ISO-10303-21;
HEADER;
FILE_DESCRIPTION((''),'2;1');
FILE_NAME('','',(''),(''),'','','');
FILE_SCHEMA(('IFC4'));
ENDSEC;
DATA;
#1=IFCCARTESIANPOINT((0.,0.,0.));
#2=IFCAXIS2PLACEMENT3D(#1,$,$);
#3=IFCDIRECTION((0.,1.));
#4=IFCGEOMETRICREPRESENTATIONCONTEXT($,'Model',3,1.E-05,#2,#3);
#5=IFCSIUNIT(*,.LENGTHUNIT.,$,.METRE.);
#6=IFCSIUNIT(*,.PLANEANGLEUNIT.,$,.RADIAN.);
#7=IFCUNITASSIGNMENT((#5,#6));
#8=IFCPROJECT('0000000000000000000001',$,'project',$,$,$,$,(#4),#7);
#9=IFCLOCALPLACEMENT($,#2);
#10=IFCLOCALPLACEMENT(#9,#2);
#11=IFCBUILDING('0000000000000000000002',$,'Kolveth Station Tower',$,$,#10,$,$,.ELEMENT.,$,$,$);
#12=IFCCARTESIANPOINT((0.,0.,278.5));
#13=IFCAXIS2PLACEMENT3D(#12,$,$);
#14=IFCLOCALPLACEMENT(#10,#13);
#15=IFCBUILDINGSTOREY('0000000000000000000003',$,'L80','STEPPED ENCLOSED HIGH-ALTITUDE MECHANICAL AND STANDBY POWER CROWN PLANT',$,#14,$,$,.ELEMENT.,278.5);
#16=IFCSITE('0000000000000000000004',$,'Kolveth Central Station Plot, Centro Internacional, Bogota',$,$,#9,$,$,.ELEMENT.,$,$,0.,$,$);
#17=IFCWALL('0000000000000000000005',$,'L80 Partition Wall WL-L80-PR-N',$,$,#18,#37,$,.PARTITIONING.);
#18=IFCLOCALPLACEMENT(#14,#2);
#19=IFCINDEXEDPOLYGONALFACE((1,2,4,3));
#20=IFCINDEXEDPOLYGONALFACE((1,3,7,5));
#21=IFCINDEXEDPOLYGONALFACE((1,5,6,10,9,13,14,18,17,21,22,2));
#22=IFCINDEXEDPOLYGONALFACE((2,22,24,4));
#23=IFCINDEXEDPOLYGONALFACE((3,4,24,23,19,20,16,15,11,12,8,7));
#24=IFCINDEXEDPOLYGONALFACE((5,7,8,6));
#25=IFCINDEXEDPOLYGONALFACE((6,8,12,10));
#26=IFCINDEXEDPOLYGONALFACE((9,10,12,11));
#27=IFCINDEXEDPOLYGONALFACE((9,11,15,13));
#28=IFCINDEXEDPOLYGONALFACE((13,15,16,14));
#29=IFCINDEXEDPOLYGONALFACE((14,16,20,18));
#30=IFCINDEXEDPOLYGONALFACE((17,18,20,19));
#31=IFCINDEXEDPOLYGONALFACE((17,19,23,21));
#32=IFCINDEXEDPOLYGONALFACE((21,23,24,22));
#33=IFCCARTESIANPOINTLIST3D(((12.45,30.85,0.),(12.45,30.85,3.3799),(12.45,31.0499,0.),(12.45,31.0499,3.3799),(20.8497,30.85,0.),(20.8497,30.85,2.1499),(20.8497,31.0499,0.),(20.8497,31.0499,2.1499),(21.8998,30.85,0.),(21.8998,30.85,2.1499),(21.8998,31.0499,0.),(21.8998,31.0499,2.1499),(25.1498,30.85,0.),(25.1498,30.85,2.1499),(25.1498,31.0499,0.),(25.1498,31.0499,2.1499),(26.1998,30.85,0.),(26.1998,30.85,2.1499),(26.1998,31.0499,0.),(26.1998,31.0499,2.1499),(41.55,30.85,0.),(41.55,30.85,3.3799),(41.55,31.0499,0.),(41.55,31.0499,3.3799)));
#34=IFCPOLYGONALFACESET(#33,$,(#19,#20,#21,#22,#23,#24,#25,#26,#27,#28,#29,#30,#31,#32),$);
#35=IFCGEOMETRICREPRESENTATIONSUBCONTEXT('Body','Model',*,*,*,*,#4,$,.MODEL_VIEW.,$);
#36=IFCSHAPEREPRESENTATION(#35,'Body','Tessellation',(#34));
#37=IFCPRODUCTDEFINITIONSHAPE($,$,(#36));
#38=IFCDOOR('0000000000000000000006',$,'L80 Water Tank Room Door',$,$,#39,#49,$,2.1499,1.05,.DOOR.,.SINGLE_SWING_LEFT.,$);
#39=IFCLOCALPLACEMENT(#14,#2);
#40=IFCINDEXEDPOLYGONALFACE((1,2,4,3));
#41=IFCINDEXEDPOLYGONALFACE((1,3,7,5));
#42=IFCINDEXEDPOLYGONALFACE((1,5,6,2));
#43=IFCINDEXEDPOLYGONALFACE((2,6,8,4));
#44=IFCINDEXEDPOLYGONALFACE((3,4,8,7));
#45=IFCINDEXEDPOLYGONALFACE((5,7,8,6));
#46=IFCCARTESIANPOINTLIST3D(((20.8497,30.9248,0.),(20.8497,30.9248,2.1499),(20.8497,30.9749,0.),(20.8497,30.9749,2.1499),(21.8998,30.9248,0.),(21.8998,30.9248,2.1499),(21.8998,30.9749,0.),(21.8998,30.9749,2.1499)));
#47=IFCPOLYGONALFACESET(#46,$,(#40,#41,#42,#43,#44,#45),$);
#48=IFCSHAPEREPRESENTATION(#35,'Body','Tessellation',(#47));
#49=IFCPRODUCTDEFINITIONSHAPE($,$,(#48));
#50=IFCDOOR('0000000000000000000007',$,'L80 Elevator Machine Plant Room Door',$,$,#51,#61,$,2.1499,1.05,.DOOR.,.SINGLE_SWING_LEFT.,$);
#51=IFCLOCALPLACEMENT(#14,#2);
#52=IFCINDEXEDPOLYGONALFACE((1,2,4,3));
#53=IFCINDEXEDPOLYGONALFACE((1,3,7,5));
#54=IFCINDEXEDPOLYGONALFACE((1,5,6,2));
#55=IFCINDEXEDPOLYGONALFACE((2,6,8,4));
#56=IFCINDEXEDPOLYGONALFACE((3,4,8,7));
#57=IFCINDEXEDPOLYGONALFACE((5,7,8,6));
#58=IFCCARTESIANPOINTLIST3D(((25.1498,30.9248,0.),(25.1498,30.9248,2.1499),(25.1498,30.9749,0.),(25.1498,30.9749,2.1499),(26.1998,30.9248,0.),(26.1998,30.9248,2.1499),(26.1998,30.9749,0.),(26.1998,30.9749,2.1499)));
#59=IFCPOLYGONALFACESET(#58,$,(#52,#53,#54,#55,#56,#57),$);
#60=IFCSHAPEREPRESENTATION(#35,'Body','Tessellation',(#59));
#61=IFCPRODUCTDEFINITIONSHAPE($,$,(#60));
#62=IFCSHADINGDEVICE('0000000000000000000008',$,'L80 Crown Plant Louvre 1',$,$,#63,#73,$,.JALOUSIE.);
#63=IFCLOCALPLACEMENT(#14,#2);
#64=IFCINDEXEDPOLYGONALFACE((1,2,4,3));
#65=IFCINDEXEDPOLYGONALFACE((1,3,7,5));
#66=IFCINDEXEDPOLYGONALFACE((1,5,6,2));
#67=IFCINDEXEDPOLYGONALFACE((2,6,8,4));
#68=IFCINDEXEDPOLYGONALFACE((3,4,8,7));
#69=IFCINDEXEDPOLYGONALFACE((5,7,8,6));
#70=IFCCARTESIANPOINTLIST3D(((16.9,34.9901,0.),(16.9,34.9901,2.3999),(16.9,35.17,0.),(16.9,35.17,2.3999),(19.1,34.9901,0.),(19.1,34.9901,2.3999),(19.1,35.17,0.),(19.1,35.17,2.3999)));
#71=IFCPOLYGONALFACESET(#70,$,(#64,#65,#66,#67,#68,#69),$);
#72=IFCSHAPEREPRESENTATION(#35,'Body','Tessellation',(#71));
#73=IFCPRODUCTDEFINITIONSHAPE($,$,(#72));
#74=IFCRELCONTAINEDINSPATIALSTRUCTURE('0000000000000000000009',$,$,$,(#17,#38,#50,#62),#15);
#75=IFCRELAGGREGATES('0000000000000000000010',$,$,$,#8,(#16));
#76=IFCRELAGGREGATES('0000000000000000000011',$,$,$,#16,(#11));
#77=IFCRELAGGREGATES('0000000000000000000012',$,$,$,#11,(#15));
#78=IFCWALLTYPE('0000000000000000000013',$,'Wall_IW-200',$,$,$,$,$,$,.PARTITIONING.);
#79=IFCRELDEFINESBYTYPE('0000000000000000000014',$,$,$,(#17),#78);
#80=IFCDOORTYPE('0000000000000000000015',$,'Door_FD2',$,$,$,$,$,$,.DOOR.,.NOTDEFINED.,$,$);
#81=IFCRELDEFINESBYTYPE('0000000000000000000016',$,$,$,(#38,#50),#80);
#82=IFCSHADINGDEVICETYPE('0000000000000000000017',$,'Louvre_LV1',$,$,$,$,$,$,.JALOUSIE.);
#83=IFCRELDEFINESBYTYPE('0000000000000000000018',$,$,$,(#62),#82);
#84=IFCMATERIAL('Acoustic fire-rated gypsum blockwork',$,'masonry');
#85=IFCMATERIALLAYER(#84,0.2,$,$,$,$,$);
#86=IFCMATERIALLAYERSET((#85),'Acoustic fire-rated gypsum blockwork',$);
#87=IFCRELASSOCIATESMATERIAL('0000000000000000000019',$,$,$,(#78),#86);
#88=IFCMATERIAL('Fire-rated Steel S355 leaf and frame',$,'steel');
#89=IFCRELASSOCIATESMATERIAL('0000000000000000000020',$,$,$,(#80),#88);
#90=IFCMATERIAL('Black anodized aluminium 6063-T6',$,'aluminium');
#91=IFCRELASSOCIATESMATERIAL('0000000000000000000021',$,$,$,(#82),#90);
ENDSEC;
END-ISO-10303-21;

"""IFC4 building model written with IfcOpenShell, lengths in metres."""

from ifc_helpers import new_model, si_unit, direction, frame, frame_2d, origin, origin_2d, place, context, subcontext, project, spatial, rectangle, extrude, source, transform, mapped, material, layer, layer_set, type_object, element, fill, save


model = new_model("IFC4")

# Units and contexts
model_context = context("Model", 3, precision=1e-05, world=origin(), true_north=direction((0.0, 1.0)))
body_context = subcontext(model_context, "Body", "Model", "MODEL_VIEW")
ifc_project = project(units=[si_unit("LENGTHUNIT", "METRE"), si_unit("PLANEANGLEUNIT", "RADIAN")], contexts=[model_context])

# Site, building, storey
site_placement = place(None, origin())
site = spatial("IfcSite", under=ifc_project, at=site_placement, Name="Kolveth Central Station Plot, Centro Internacional, Bogota", CompositionType="ELEMENT", RefElevation=0.0)
building_placement = place(site_placement, origin())
building = spatial("IfcBuilding", under=site, at=building_placement, Name="Kolveth Station Tower", CompositionType="ELEMENT")
storey_placement = place(building_placement, frame((0.0, 0.0, 278.5)))
storey = spatial("IfcBuildingStorey", under=building, at=storey_placement, Name="L80", Description="STEPPED ENCLOSED HIGH-ALTITUDE MECHANICAL AND STANDBY POWER CROWN PLANT", CompositionType="ELEMENT", Elevation=278.5)

# Shared definitions
ifc_material_1 = material(Name="Black anodized aluminium 6063-T6", Category="aluminium")

# Wall, openings, doors
ifc_material_2 = material(Name="Acoustic fire-rated gypsum blockwork", Category="masonry")
ifc_layer_1 = layer(ifc_material_2, 0.2)
ifc_layer_set_1 = layer_set([ifc_layer_1], Name="Acoustic fire-rated gypsum blockwork")
wall_type = type_object("IfcWallType", Name="Wall_IW-200", PredefinedType="PARTITIONING", material=ifc_layer_set_1)
wall_placement = place(storey_placement, frame((12.45, 30.95, 0.0), z_axis=(0.0, 0.0, 1.0), x_axis=(1.0, 0.0, 0.0)))
wall = element("IfcWall", 1, at=wall_placement, inside=storey, type_object=wall_type, Name="L80 Partition Wall WL-L80-PR-N", PredefinedType="PARTITIONING", context=body_context, shape_type="SweptSolid", body=[
    extrude(rectangle(XDim=29.1001, YDim=0.2, at=frame_2d((14.55, 0.0))), origin(), (0.0, 0.0, 1.0), 3.3799),
])
opening_1_placement = place(wall_placement, frame((8.3999, 0.0, 0.0)))
opening_1 = element("IfcOpeningElement", 2, at=opening_1_placement, cuts=wall, PredefinedType="OPENING", context=body_context, shape_type="SweptSolid", body=[
    extrude(rectangle(XDim=1.05, YDim=2.1499, at=frame_2d((0.5249, 1.075))), frame((0.0, 0.1099, 0.0), z_axis=(0.0, -1.0, 0.0), x_axis=(1.0, 0.0, 0.0)), (0.0, 0.0, 1.0), 0.22),
])
opening_2_placement = place(wall_placement, frame((12.7, 0.0, 0.0)))
opening_2 = element("IfcOpeningElement", 3, at=opening_2_placement, cuts=wall, PredefinedType="OPENING", context=body_context, shape_type="SweptSolid", body=[
    extrude(rectangle(XDim=1.05, YDim=2.1499, at=frame_2d((0.5249, 1.075))), frame((0.0, 0.1099, 0.0), z_axis=(0.0, -1.0, 0.0), x_axis=(1.0, 0.0, 0.0)), (0.0, 0.0, 1.0), 0.22),
])
ifc_material_3 = material(Name="Fire-rated Steel S355 leaf and frame", Category="steel")
door_type = type_object("IfcDoorType", Name="Door_FD2", OperationType="NOTDEFINED", PredefinedType="DOOR", material=ifc_material_3)
door_1_placement = place(opening_1_placement, origin())
door_1 = element("IfcDoor", 4, at=door_1_placement, inside=storey, type_object=door_type, Name="L80 Water Tank Room Door", OperationType="SINGLE_SWING_LEFT", OverallHeight=2.1499, OverallWidth=1.05, PredefinedType="DOOR", context=body_context, shape_type="SweptSolid", body=[
    extrude(rectangle(XDim=1.05, YDim=2.1499, at=frame_2d((0.5249, 1.075))), frame((0.0, 0.0249, 0.0), z_axis=(0.0, -1.0, 0.0), x_axis=(1.0, 0.0, 0.0)), (0.0, 0.0, 1.0), 0.05),
])
fill(opening_1, door_1)
door_2_placement = place(opening_2_placement, origin())
door_2 = element("IfcDoor", 5, at=door_2_placement, inside=storey, type_object=door_type, Name="L80 Elevator Machine Plant Room Door", OperationType="SINGLE_SWING_LEFT", OverallHeight=2.1499, OverallWidth=1.05, PredefinedType="DOOR", context=body_context, shape_type="SweptSolid", body=[
    extrude(rectangle(XDim=1.05, YDim=2.1499, at=frame_2d((0.5249, 1.075))), frame((0.0, 0.0249, 0.0), z_axis=(0.0, -1.0, 0.0), x_axis=(1.0, 0.0, 0.0)), (0.0, 0.0, 1.0), 0.05),
])
fill(opening_2, door_2)

# Shading device
shading_device_type = type_object("IfcShadingDeviceType", Name="Louvre_LV1", PredefinedType="JALOUSIE", material=ifc_material_1)
shared_shape_1 = source(origin(), body_context, "Body", "SweptSolid", [
    extrude(rectangle(XDim=2.2, YDim=0.1799, at=origin_2d()), origin(), (0.0, 0.0, 1.0), 2.3999),
])
shading_device_placement = place(storey_placement, frame((18.0, 35.0801, 0.0), z_axis=(0.0, 0.0, 1.0), x_axis=(1.0, 0.0, 0.0)))
element("IfcShadingDevice", 6, at=shading_device_placement, inside=storey, type_object=shading_device_type, Name="L80 Crown Plant Louvre 1", PredefinedType="JALOUSIE", context=body_context, shape_type="MappedRepresentation", body=[
    mapped(shared_shape_1, transform((0.0, 0.0, 0.0), x_axis=(1.0, 0.0, 0.0), y_axis=(0.0, 1.0, 0.0), z_axis=(0.0, 0.0, 1.0), scale=1.0)),
])

save(model, "model.ifc")
